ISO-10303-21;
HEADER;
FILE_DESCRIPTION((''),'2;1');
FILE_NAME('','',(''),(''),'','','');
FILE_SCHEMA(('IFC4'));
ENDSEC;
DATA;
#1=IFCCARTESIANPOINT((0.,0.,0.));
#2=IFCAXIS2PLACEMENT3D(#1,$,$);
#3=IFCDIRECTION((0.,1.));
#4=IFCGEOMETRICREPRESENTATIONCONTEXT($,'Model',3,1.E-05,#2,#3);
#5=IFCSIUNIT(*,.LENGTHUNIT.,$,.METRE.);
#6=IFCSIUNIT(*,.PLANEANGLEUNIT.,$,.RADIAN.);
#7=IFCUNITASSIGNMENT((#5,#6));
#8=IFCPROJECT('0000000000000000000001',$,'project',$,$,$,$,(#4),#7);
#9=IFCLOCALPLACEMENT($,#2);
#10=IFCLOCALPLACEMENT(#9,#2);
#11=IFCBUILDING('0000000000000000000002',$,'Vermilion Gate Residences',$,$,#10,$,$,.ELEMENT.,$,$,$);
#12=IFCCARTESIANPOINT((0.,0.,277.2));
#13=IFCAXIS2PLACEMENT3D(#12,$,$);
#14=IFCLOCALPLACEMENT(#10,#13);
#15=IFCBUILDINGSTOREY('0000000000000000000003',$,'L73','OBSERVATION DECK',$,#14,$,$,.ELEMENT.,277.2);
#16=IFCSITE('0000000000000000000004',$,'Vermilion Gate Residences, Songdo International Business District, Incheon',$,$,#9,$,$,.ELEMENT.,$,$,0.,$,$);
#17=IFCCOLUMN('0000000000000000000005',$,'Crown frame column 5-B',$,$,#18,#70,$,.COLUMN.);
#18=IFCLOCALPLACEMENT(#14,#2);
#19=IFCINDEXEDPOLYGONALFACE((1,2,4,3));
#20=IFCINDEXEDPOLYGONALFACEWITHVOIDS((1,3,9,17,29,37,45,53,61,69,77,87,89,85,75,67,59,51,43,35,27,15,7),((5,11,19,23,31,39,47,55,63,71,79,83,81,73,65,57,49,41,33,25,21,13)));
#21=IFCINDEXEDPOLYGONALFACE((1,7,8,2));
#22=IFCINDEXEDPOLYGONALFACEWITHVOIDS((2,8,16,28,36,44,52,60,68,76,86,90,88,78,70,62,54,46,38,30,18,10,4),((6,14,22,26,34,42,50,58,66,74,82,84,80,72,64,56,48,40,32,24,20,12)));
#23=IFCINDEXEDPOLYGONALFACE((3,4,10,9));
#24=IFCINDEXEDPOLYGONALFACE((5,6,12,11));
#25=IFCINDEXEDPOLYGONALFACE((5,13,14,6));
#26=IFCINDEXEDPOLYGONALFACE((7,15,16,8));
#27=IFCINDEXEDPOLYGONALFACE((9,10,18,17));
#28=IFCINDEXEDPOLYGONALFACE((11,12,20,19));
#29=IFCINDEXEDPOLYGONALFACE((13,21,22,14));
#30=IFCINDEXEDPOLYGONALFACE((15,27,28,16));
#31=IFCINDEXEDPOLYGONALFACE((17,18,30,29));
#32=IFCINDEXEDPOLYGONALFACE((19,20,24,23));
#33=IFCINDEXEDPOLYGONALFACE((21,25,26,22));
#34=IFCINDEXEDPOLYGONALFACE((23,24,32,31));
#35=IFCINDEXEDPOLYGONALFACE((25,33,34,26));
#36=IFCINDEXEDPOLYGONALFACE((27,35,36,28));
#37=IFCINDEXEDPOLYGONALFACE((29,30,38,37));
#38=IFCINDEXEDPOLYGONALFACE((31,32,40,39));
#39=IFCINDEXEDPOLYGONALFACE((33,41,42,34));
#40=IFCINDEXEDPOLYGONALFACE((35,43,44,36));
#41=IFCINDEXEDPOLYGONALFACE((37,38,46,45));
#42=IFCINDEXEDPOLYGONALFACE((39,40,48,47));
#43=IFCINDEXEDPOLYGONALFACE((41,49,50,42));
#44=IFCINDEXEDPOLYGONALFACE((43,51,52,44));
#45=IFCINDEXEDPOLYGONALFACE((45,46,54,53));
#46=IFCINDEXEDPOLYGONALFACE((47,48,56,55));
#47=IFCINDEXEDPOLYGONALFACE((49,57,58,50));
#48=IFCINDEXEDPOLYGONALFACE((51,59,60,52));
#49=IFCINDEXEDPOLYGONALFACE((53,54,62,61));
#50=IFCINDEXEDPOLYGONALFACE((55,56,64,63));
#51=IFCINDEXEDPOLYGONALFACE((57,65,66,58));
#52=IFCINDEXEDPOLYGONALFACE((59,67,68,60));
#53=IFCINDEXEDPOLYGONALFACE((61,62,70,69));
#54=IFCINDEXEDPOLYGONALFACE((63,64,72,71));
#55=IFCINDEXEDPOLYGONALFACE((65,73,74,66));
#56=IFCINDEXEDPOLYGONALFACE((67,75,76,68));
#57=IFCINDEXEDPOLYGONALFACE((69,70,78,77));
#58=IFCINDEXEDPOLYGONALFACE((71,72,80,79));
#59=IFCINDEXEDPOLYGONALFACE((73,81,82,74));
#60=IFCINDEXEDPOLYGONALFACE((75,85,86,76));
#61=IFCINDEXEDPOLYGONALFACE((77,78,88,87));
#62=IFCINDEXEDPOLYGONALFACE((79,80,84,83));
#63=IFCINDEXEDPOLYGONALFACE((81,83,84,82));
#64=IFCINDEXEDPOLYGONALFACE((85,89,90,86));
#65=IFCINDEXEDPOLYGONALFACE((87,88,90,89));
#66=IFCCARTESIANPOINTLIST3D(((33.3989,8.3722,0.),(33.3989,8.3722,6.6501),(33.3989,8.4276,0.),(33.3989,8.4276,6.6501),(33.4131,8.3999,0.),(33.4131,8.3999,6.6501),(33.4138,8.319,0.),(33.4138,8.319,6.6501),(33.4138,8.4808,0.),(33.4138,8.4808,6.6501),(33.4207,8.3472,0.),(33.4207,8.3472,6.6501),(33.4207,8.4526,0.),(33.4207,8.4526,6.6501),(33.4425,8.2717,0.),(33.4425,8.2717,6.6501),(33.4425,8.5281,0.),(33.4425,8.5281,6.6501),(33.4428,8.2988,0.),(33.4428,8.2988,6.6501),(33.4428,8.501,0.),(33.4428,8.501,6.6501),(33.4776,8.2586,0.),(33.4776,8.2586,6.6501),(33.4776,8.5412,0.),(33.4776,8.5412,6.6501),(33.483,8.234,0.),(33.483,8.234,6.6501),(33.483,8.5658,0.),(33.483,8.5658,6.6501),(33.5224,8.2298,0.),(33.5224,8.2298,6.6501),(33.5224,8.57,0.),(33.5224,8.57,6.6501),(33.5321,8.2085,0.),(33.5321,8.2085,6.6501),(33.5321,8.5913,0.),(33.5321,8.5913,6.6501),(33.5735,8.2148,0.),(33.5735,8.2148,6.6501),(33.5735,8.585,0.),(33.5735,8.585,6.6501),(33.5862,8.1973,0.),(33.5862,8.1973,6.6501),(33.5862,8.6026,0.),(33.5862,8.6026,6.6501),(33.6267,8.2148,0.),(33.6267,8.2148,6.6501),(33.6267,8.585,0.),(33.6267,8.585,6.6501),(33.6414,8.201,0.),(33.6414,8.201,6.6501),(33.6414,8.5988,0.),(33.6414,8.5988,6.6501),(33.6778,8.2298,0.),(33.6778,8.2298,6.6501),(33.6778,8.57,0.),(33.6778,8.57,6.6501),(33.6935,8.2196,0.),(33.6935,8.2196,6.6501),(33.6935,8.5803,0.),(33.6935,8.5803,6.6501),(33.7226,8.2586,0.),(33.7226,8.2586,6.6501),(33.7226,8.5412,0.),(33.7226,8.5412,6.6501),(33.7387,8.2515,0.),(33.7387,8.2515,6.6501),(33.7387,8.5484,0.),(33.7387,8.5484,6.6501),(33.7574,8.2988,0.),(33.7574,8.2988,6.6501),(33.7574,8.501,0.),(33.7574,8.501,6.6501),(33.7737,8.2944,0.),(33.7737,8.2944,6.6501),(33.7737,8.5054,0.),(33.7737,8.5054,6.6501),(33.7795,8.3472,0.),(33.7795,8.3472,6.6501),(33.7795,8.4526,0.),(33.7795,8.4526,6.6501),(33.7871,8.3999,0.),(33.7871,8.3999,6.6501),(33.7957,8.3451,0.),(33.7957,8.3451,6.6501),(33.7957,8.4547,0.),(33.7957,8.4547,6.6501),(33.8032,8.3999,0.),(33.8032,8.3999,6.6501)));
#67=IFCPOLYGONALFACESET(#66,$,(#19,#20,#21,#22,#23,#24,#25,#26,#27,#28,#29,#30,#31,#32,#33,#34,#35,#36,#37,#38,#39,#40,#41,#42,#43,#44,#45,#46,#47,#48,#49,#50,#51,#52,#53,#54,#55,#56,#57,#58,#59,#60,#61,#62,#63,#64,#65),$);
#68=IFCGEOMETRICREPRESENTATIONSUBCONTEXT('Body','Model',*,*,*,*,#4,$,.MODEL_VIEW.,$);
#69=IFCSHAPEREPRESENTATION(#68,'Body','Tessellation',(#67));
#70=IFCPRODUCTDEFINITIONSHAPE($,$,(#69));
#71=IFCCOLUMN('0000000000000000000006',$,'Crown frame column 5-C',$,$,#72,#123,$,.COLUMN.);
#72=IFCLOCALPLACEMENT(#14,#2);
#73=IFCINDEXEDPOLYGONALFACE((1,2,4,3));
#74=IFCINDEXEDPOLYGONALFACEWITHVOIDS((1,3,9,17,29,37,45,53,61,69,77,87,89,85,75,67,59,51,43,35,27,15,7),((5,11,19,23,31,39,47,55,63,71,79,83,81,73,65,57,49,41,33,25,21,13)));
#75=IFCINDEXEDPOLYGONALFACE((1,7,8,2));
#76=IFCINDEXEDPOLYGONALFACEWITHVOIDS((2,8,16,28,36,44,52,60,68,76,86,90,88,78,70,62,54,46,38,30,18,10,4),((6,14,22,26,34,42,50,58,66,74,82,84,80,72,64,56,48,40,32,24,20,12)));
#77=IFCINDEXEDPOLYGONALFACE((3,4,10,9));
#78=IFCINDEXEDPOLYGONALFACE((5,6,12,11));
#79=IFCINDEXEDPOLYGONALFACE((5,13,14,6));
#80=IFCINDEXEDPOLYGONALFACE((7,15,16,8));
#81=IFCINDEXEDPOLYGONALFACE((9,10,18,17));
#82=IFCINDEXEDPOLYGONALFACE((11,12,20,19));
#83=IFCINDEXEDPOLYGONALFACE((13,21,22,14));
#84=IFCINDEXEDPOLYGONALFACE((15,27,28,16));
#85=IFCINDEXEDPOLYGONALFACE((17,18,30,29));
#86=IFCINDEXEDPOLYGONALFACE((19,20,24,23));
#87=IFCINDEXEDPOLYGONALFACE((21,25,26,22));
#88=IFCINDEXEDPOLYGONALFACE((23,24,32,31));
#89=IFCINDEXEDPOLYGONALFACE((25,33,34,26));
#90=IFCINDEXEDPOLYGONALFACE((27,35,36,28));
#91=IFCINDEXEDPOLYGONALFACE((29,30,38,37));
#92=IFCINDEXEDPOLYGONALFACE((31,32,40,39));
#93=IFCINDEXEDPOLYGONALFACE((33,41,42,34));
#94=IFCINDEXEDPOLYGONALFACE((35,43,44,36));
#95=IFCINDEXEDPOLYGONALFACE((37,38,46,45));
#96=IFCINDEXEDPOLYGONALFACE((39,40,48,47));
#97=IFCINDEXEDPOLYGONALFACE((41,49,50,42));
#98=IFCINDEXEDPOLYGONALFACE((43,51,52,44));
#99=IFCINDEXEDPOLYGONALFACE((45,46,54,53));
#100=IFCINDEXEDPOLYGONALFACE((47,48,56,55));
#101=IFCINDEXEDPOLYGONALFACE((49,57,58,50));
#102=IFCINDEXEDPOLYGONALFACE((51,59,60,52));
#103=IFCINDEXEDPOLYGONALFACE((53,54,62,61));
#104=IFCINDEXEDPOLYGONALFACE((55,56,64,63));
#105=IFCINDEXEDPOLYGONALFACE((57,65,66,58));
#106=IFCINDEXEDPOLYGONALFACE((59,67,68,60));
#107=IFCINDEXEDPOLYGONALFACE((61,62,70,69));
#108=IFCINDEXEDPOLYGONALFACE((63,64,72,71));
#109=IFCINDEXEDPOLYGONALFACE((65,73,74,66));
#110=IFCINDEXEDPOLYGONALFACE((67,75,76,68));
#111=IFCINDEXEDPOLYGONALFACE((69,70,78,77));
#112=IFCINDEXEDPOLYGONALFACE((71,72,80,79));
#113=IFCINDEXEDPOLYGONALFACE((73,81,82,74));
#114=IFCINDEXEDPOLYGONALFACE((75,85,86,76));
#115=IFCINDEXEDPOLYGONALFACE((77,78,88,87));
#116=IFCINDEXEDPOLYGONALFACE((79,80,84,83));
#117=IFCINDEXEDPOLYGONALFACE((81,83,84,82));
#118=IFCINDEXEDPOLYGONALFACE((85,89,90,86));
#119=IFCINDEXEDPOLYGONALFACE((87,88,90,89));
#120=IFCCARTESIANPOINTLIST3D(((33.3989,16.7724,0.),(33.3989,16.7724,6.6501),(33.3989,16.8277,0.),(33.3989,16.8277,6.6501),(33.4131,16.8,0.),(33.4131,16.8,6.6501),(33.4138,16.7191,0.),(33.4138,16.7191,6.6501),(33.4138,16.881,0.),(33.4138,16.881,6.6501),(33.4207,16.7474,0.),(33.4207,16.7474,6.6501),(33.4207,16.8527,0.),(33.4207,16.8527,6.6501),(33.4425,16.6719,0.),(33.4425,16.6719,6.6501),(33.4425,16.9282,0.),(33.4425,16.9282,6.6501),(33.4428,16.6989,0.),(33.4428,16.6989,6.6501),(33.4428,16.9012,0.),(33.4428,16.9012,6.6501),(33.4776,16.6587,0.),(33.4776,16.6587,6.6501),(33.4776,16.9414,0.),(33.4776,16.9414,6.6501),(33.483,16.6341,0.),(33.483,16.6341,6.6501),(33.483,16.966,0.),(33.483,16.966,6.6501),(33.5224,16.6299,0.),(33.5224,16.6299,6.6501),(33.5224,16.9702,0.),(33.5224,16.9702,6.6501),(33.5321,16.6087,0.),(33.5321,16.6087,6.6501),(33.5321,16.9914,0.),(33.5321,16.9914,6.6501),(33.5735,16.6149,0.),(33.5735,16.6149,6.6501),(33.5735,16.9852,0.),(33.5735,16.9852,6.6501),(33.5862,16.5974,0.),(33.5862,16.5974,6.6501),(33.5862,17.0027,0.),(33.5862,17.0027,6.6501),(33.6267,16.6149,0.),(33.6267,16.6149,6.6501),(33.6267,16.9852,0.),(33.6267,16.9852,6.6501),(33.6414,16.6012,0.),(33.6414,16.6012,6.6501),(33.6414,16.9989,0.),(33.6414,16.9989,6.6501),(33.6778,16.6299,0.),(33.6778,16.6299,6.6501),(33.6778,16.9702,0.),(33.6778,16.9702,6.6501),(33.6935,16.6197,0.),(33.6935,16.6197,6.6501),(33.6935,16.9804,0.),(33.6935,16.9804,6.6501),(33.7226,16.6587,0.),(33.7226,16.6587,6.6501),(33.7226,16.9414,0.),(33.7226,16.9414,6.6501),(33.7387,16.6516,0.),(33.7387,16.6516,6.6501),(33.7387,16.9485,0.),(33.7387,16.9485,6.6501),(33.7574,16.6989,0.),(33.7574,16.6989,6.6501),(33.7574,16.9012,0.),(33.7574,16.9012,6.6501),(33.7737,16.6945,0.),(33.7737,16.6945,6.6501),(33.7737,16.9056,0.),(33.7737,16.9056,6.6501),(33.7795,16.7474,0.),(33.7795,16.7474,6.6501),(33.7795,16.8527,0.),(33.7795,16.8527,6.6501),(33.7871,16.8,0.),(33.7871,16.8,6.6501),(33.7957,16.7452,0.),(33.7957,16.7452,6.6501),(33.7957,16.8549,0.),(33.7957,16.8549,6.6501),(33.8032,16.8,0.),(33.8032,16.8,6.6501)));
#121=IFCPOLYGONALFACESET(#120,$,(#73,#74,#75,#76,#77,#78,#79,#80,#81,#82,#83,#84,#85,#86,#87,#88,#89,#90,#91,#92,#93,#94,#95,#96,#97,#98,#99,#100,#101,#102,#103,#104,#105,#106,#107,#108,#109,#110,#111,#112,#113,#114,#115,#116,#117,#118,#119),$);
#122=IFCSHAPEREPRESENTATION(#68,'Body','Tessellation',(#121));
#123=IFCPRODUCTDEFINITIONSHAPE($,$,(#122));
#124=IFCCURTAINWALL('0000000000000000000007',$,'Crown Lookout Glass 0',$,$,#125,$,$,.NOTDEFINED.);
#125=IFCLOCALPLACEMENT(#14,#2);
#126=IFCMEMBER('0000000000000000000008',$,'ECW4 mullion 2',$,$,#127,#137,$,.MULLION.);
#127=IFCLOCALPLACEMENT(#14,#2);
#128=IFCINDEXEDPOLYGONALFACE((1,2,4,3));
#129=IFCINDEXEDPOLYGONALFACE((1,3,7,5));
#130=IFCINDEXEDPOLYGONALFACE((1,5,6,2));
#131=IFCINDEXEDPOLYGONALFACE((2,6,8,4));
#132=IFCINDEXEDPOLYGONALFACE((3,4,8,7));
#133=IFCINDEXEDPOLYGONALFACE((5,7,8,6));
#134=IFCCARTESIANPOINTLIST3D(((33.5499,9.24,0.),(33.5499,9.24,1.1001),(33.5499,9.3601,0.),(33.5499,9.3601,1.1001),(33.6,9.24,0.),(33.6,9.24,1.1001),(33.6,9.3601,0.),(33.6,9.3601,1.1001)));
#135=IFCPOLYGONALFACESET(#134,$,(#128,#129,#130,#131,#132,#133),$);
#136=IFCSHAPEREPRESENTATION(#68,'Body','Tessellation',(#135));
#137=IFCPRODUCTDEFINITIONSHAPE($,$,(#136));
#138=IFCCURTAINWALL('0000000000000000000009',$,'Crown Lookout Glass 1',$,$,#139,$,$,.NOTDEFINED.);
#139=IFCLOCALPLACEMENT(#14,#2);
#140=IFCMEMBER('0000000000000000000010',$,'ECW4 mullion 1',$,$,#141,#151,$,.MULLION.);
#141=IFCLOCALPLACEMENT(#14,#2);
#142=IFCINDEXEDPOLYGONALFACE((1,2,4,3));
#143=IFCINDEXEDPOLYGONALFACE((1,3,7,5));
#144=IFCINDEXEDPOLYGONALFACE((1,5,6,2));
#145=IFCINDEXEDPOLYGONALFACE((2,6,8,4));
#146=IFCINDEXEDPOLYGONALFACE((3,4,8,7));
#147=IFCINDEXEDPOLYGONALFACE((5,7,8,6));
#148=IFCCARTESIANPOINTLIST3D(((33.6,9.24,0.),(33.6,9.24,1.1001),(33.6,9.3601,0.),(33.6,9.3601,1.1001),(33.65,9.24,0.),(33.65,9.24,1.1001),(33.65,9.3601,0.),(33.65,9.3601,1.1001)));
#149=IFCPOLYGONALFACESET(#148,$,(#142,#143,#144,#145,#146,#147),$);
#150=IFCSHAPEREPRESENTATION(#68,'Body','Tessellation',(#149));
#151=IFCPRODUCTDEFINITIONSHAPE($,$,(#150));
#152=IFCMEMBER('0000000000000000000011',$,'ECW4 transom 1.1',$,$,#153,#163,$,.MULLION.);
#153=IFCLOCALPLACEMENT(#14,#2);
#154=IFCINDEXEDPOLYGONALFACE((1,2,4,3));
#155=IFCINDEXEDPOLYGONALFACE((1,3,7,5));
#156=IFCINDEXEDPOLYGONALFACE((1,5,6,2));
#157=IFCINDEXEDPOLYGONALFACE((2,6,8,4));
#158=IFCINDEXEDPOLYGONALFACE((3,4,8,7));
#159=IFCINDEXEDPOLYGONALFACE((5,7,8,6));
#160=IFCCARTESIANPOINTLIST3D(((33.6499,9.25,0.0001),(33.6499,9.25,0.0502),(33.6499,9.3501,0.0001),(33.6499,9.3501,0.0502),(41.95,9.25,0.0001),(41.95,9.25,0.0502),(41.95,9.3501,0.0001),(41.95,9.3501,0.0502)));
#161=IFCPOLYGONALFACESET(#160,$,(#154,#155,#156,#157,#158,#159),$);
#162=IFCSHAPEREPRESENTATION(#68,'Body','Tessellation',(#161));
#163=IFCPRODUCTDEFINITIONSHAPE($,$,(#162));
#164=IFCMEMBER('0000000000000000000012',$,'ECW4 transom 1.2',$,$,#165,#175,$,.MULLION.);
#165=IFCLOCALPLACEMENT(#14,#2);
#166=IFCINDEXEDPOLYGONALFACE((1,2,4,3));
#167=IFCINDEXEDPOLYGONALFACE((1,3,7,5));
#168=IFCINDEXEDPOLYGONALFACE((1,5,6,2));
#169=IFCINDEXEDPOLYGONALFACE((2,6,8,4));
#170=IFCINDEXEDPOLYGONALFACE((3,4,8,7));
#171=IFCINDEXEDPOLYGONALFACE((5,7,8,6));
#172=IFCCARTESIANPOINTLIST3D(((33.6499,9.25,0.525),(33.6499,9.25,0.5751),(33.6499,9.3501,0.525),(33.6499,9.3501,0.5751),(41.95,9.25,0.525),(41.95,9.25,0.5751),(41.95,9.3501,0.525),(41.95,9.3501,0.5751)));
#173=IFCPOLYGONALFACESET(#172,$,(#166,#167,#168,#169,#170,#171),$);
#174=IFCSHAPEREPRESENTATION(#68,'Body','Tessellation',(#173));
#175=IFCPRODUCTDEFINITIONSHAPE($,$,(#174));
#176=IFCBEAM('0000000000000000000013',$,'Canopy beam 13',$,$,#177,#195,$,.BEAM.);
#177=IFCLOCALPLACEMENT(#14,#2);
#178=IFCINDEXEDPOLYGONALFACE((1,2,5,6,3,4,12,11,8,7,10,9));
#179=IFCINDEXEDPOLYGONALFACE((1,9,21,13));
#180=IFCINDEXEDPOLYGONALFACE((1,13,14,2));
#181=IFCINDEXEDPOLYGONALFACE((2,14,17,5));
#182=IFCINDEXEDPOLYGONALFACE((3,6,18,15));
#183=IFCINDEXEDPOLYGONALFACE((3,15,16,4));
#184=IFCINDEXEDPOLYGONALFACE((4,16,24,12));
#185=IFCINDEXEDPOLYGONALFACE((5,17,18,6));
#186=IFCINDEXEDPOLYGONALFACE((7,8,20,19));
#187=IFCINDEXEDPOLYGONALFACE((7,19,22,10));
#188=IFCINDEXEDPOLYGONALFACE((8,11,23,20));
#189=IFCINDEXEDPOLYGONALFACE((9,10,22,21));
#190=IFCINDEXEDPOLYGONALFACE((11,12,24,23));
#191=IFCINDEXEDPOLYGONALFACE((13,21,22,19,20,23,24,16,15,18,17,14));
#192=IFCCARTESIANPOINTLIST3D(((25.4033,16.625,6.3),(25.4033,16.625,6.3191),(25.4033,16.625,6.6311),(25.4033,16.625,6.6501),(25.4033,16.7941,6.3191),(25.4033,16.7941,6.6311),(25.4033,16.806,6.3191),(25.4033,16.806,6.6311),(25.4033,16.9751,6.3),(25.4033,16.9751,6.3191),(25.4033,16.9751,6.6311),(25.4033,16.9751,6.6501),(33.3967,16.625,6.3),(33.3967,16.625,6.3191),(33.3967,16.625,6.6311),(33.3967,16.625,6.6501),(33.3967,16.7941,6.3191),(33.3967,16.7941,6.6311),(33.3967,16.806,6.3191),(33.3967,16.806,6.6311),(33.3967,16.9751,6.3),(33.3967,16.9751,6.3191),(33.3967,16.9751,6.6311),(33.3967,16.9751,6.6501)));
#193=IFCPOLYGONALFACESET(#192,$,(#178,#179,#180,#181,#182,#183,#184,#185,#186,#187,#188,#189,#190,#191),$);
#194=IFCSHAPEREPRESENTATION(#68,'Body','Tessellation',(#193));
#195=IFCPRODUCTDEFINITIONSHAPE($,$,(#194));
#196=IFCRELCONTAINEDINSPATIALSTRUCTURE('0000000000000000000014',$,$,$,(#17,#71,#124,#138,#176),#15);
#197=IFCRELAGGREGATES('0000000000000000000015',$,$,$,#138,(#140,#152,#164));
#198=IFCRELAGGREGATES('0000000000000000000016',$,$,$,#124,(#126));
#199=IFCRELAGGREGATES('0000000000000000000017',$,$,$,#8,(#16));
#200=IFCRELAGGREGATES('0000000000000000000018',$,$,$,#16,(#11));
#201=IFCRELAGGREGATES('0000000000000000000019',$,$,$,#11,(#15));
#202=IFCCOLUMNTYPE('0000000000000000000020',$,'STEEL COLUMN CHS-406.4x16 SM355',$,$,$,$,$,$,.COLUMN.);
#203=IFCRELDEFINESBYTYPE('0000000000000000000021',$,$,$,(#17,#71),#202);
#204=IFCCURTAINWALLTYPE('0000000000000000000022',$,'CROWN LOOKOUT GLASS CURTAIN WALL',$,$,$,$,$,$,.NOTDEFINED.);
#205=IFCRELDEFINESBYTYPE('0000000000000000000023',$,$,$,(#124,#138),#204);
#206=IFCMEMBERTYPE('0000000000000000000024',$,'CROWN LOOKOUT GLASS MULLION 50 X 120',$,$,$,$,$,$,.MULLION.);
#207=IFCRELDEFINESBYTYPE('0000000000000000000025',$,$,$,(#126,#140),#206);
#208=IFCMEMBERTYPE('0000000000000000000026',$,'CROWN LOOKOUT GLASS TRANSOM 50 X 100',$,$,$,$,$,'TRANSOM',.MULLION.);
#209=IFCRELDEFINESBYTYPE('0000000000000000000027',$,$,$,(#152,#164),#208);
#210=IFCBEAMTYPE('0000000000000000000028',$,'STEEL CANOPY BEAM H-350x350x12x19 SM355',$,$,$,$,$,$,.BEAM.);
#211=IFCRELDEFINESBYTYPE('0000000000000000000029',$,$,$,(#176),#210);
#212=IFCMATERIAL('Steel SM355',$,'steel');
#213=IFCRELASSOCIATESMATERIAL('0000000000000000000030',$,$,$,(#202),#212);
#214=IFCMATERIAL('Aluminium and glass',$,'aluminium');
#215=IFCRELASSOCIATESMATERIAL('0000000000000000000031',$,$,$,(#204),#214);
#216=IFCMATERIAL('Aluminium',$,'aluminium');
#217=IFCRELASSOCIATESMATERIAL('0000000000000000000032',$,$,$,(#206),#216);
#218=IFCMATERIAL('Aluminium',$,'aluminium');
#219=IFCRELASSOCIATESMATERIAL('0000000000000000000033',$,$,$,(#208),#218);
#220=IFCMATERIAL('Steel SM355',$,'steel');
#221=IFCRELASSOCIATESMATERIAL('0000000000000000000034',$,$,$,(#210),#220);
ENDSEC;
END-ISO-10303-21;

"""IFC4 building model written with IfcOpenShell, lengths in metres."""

from ifc_helpers import new_model, si_unit, direction, frame, origin, origin_2d, place, context, subcontext, project, spatial, rectangle, hollow_circle, i_section, extrude, material, material_profile, profile_set, type_object, element, aggregate, save


model = new_model("IFC4")

# Units and contexts
model_context = context("Model", 3, precision=1e-05, world=origin(), true_north=direction((0.0, 1.0)))
body_context = subcontext(model_context, "Body", "Model", "MODEL_VIEW")
ifc_project = project(units=[si_unit("LENGTHUNIT", "METRE"), si_unit("PLANEANGLEUNIT", "RADIAN")], contexts=[model_context])

# Site, building, storey
site_placement = place(None, origin())
site = spatial("IfcSite", under=ifc_project, at=site_placement, Name="Vermilion Gate Residences, Songdo International Business District, Incheon", CompositionType="ELEMENT", RefElevation=0.0)
building_placement = place(site_placement, origin())
building = spatial("IfcBuilding", under=site, at=building_placement, Name="Vermilion Gate Residences", CompositionType="ELEMENT")
storey_placement = place(building_placement, frame((0.0, 0.0, 277.2)))
storey = spatial("IfcBuildingStorey", under=building, at=storey_placement, Name="L73", Description="OBSERVATION DECK", CompositionType="ELEMENT", Elevation=277.2)

# Columns
ifc_material_1 = material(Name="Steel SM355", Category="steel")
ifc_material_profile_1 = material_profile(ifc_material_1, hollow_circle(Radius=0.2031, WallThickness=0.0161, at=origin_2d()), Name="CHS-406.4x16")
ifc_profile_set_1 = profile_set([ifc_material_profile_1], Name="Steel SM355")
column_type = type_object("IfcColumnType", Name="STEEL COLUMN CHS-406.4x16 SM355", PredefinedType="COLUMN", material=ifc_profile_set_1)
for number, where, z_axis, x_axis, name in (
    (1, (33.6001, 8.3999, 0.0), (0.0, 0.0, 1.0), (1.0, 0.0, 0.0), "Crown frame column 5-B"),
    (2, (33.6001, 16.8, 0.0), (0.0, 0.0, 1.0), (1.0, 0.0, 0.0), "Crown frame column 5-C"),
):
    element("IfcColumn", number, at=place(storey_placement, frame(where, z_axis=z_axis, x_axis=x_axis)), inside=storey, type_object=column_type, Name=name, PredefinedType="COLUMN", context=body_context, shape_type="SweptSolid", body=[
        extrude(hollow_circle(Radius=0.2031, WallThickness=0.0161, at=origin_2d()), origin(), (0.0, 0.0, 1.0), 6.6501),
    ])

# Curtain wall, member
ifc_material_2 = material(Name="Aluminium and glass", Category="aluminium")
curtain_wall_type = type_object("IfcCurtainWallType", Name="CROWN LOOKOUT GLASS CURTAIN WALL", PredefinedType="NOTDEFINED", material=ifc_material_2)
curtain_wall_1_placement = place(storey_placement, origin())
curtain_wall_1 = element("IfcCurtainWall", 3, at=curtain_wall_1_placement, inside=storey, type_object=curtain_wall_type, Name="Crown Lookout Glass 0", PredefinedType="NOTDEFINED")
ifc_material_3 = material(Name="Aluminium", Category="aluminium")
ifc_material_profile_2 = material_profile(ifc_material_3, rectangle(XDim=0.1201, YDim=0.05, at=origin_2d()), Name="MULLION 50 X 120")
ifc_profile_set_2 = profile_set([ifc_material_profile_2], Name="Aluminium")
member_type_1 = type_object("IfcMemberType", Name="CROWN LOOKOUT GLASS MULLION 50 X 120", PredefinedType="MULLION", material=ifc_profile_set_2)
member_1_placement = place(storey_placement, frame((33.575, 9.3, 0.0), z_axis=(0.0, 0.0, 1.0), x_axis=(0.0, 1.0, 0.0)))
member_1 = element("IfcMember", 4, at=member_1_placement, type_object=member_type_1, Name="ECW4 mullion 2", PredefinedType="MULLION", context=body_context, shape_type="SweptSolid", body=[
    extrude(rectangle(XDim=0.1201, YDim=0.05, at=origin_2d()), origin(), (0.0, 0.0, 1.0), 1.1001),
])

# Curtain wall, members
curtain_wall_2_placement = place(storey_placement, origin())
curtain_wall_2 = element("IfcCurtainWall", 5, at=curtain_wall_2_placement, inside=storey, type_object=curtain_wall_type, Name="Crown Lookout Glass 1", PredefinedType="NOTDEFINED")
member_2_placement = place(storey_placement, frame((33.625, 9.3, 0.0), z_axis=(0.0, 0.0, 1.0), x_axis=(0.0, 1.0, 0.0)))
member_2 = element("IfcMember", 6, at=member_2_placement, type_object=member_type_1, Name="ECW4 mullion 1", PredefinedType="MULLION", context=body_context, shape_type="SweptSolid", body=[
    extrude(rectangle(XDim=0.1201, YDim=0.05, at=origin_2d()), origin(), (0.0, 0.0, 1.0), 1.1001),
])
ifc_material_4 = material(Name="Aluminium", Category="aluminium")
ifc_material_profile_3 = material_profile(ifc_material_4, rectangle(XDim=0.1001, YDim=0.05, at=origin_2d()), Name="TRANSOM 50 X 100")
ifc_profile_set_3 = profile_set([ifc_material_profile_3], Name="Aluminium")
member_type_2 = type_object("IfcMemberType", Name="CROWN LOOKOUT GLASS TRANSOM 50 X 100", ElementType="TRANSOM", PredefinedType="MULLION", material=ifc_profile_set_3)
member_3_placement = place(storey_placement, frame((33.6499, 9.3, 0.0251), z_axis=(1.0, 0.0, 0.0), x_axis=(0.0, 1.0, 0.0)))
member_3 = element("IfcMember", 7, at=member_3_placement, type_object=member_type_2, Name="ECW4 transom 1.1", PredefinedType="MULLION", context=body_context, shape_type="SweptSolid", body=[
    extrude(rectangle(XDim=0.1001, YDim=0.05, at=origin_2d()), origin(), (0.0, 0.0, 1.0), 8.3),
])
member_4_placement = place(storey_placement, frame((33.6499, 9.3, 0.55), z_axis=(1.0, 0.0, 0.0), x_axis=(0.0, 1.0, 0.0)))
member_4 = element("IfcMember", 8, at=member_4_placement, type_object=member_type_2, Name="ECW4 transom 1.2", PredefinedType="MULLION", context=body_context, shape_type="SweptSolid", body=[
    extrude(rectangle(XDim=0.1001, YDim=0.05, at=origin_2d()), origin(), (0.0, 0.0, 1.0), 8.3),
])
aggregate(curtain_wall_2, [member_2, member_3, member_4])

# Beam
ifc_material_5 = material(Name="Steel SM355", Category="steel")
ifc_material_profile_4 = material_profile(ifc_material_5, i_section(OverallWidth=0.3501, OverallDepth=0.3501, WebThickness=0.012, FlangeThickness=0.019, at=origin_2d()), Name="H-350x350x12x19")
ifc_profile_set_4 = profile_set([ifc_material_profile_4], Name="Steel SM355")
beam_type_1 = type_object("IfcBeamType", Name="STEEL CANOPY BEAM H-350x350x12x19 SM355", PredefinedType="BEAM", material=ifc_profile_set_4)
for number, where, z_axis, x_axis, name in (
    (9, (25.4033, 16.8, 6.4751), (1.0, 0.0, 0.0), (0.0, 1.0, 0.0), "Canopy beam 13"),
):
    element("IfcBeam", number, at=place(storey_placement, frame(where, z_axis=z_axis, x_axis=x_axis)), inside=storey, type_object=beam_type_1, Name=name, PredefinedType="BEAM", context=body_context, shape_type="SweptSolid", body=[
        extrude(i_section(OverallWidth=0.3501, OverallDepth=0.3501, WebThickness=0.012, FlangeThickness=0.019, at=origin_2d()), origin(), (0.0, 0.0, 1.0), 7.9934),
    ])

aggregate(curtain_wall_1, [member_1])

save(model, "model.ifc")
